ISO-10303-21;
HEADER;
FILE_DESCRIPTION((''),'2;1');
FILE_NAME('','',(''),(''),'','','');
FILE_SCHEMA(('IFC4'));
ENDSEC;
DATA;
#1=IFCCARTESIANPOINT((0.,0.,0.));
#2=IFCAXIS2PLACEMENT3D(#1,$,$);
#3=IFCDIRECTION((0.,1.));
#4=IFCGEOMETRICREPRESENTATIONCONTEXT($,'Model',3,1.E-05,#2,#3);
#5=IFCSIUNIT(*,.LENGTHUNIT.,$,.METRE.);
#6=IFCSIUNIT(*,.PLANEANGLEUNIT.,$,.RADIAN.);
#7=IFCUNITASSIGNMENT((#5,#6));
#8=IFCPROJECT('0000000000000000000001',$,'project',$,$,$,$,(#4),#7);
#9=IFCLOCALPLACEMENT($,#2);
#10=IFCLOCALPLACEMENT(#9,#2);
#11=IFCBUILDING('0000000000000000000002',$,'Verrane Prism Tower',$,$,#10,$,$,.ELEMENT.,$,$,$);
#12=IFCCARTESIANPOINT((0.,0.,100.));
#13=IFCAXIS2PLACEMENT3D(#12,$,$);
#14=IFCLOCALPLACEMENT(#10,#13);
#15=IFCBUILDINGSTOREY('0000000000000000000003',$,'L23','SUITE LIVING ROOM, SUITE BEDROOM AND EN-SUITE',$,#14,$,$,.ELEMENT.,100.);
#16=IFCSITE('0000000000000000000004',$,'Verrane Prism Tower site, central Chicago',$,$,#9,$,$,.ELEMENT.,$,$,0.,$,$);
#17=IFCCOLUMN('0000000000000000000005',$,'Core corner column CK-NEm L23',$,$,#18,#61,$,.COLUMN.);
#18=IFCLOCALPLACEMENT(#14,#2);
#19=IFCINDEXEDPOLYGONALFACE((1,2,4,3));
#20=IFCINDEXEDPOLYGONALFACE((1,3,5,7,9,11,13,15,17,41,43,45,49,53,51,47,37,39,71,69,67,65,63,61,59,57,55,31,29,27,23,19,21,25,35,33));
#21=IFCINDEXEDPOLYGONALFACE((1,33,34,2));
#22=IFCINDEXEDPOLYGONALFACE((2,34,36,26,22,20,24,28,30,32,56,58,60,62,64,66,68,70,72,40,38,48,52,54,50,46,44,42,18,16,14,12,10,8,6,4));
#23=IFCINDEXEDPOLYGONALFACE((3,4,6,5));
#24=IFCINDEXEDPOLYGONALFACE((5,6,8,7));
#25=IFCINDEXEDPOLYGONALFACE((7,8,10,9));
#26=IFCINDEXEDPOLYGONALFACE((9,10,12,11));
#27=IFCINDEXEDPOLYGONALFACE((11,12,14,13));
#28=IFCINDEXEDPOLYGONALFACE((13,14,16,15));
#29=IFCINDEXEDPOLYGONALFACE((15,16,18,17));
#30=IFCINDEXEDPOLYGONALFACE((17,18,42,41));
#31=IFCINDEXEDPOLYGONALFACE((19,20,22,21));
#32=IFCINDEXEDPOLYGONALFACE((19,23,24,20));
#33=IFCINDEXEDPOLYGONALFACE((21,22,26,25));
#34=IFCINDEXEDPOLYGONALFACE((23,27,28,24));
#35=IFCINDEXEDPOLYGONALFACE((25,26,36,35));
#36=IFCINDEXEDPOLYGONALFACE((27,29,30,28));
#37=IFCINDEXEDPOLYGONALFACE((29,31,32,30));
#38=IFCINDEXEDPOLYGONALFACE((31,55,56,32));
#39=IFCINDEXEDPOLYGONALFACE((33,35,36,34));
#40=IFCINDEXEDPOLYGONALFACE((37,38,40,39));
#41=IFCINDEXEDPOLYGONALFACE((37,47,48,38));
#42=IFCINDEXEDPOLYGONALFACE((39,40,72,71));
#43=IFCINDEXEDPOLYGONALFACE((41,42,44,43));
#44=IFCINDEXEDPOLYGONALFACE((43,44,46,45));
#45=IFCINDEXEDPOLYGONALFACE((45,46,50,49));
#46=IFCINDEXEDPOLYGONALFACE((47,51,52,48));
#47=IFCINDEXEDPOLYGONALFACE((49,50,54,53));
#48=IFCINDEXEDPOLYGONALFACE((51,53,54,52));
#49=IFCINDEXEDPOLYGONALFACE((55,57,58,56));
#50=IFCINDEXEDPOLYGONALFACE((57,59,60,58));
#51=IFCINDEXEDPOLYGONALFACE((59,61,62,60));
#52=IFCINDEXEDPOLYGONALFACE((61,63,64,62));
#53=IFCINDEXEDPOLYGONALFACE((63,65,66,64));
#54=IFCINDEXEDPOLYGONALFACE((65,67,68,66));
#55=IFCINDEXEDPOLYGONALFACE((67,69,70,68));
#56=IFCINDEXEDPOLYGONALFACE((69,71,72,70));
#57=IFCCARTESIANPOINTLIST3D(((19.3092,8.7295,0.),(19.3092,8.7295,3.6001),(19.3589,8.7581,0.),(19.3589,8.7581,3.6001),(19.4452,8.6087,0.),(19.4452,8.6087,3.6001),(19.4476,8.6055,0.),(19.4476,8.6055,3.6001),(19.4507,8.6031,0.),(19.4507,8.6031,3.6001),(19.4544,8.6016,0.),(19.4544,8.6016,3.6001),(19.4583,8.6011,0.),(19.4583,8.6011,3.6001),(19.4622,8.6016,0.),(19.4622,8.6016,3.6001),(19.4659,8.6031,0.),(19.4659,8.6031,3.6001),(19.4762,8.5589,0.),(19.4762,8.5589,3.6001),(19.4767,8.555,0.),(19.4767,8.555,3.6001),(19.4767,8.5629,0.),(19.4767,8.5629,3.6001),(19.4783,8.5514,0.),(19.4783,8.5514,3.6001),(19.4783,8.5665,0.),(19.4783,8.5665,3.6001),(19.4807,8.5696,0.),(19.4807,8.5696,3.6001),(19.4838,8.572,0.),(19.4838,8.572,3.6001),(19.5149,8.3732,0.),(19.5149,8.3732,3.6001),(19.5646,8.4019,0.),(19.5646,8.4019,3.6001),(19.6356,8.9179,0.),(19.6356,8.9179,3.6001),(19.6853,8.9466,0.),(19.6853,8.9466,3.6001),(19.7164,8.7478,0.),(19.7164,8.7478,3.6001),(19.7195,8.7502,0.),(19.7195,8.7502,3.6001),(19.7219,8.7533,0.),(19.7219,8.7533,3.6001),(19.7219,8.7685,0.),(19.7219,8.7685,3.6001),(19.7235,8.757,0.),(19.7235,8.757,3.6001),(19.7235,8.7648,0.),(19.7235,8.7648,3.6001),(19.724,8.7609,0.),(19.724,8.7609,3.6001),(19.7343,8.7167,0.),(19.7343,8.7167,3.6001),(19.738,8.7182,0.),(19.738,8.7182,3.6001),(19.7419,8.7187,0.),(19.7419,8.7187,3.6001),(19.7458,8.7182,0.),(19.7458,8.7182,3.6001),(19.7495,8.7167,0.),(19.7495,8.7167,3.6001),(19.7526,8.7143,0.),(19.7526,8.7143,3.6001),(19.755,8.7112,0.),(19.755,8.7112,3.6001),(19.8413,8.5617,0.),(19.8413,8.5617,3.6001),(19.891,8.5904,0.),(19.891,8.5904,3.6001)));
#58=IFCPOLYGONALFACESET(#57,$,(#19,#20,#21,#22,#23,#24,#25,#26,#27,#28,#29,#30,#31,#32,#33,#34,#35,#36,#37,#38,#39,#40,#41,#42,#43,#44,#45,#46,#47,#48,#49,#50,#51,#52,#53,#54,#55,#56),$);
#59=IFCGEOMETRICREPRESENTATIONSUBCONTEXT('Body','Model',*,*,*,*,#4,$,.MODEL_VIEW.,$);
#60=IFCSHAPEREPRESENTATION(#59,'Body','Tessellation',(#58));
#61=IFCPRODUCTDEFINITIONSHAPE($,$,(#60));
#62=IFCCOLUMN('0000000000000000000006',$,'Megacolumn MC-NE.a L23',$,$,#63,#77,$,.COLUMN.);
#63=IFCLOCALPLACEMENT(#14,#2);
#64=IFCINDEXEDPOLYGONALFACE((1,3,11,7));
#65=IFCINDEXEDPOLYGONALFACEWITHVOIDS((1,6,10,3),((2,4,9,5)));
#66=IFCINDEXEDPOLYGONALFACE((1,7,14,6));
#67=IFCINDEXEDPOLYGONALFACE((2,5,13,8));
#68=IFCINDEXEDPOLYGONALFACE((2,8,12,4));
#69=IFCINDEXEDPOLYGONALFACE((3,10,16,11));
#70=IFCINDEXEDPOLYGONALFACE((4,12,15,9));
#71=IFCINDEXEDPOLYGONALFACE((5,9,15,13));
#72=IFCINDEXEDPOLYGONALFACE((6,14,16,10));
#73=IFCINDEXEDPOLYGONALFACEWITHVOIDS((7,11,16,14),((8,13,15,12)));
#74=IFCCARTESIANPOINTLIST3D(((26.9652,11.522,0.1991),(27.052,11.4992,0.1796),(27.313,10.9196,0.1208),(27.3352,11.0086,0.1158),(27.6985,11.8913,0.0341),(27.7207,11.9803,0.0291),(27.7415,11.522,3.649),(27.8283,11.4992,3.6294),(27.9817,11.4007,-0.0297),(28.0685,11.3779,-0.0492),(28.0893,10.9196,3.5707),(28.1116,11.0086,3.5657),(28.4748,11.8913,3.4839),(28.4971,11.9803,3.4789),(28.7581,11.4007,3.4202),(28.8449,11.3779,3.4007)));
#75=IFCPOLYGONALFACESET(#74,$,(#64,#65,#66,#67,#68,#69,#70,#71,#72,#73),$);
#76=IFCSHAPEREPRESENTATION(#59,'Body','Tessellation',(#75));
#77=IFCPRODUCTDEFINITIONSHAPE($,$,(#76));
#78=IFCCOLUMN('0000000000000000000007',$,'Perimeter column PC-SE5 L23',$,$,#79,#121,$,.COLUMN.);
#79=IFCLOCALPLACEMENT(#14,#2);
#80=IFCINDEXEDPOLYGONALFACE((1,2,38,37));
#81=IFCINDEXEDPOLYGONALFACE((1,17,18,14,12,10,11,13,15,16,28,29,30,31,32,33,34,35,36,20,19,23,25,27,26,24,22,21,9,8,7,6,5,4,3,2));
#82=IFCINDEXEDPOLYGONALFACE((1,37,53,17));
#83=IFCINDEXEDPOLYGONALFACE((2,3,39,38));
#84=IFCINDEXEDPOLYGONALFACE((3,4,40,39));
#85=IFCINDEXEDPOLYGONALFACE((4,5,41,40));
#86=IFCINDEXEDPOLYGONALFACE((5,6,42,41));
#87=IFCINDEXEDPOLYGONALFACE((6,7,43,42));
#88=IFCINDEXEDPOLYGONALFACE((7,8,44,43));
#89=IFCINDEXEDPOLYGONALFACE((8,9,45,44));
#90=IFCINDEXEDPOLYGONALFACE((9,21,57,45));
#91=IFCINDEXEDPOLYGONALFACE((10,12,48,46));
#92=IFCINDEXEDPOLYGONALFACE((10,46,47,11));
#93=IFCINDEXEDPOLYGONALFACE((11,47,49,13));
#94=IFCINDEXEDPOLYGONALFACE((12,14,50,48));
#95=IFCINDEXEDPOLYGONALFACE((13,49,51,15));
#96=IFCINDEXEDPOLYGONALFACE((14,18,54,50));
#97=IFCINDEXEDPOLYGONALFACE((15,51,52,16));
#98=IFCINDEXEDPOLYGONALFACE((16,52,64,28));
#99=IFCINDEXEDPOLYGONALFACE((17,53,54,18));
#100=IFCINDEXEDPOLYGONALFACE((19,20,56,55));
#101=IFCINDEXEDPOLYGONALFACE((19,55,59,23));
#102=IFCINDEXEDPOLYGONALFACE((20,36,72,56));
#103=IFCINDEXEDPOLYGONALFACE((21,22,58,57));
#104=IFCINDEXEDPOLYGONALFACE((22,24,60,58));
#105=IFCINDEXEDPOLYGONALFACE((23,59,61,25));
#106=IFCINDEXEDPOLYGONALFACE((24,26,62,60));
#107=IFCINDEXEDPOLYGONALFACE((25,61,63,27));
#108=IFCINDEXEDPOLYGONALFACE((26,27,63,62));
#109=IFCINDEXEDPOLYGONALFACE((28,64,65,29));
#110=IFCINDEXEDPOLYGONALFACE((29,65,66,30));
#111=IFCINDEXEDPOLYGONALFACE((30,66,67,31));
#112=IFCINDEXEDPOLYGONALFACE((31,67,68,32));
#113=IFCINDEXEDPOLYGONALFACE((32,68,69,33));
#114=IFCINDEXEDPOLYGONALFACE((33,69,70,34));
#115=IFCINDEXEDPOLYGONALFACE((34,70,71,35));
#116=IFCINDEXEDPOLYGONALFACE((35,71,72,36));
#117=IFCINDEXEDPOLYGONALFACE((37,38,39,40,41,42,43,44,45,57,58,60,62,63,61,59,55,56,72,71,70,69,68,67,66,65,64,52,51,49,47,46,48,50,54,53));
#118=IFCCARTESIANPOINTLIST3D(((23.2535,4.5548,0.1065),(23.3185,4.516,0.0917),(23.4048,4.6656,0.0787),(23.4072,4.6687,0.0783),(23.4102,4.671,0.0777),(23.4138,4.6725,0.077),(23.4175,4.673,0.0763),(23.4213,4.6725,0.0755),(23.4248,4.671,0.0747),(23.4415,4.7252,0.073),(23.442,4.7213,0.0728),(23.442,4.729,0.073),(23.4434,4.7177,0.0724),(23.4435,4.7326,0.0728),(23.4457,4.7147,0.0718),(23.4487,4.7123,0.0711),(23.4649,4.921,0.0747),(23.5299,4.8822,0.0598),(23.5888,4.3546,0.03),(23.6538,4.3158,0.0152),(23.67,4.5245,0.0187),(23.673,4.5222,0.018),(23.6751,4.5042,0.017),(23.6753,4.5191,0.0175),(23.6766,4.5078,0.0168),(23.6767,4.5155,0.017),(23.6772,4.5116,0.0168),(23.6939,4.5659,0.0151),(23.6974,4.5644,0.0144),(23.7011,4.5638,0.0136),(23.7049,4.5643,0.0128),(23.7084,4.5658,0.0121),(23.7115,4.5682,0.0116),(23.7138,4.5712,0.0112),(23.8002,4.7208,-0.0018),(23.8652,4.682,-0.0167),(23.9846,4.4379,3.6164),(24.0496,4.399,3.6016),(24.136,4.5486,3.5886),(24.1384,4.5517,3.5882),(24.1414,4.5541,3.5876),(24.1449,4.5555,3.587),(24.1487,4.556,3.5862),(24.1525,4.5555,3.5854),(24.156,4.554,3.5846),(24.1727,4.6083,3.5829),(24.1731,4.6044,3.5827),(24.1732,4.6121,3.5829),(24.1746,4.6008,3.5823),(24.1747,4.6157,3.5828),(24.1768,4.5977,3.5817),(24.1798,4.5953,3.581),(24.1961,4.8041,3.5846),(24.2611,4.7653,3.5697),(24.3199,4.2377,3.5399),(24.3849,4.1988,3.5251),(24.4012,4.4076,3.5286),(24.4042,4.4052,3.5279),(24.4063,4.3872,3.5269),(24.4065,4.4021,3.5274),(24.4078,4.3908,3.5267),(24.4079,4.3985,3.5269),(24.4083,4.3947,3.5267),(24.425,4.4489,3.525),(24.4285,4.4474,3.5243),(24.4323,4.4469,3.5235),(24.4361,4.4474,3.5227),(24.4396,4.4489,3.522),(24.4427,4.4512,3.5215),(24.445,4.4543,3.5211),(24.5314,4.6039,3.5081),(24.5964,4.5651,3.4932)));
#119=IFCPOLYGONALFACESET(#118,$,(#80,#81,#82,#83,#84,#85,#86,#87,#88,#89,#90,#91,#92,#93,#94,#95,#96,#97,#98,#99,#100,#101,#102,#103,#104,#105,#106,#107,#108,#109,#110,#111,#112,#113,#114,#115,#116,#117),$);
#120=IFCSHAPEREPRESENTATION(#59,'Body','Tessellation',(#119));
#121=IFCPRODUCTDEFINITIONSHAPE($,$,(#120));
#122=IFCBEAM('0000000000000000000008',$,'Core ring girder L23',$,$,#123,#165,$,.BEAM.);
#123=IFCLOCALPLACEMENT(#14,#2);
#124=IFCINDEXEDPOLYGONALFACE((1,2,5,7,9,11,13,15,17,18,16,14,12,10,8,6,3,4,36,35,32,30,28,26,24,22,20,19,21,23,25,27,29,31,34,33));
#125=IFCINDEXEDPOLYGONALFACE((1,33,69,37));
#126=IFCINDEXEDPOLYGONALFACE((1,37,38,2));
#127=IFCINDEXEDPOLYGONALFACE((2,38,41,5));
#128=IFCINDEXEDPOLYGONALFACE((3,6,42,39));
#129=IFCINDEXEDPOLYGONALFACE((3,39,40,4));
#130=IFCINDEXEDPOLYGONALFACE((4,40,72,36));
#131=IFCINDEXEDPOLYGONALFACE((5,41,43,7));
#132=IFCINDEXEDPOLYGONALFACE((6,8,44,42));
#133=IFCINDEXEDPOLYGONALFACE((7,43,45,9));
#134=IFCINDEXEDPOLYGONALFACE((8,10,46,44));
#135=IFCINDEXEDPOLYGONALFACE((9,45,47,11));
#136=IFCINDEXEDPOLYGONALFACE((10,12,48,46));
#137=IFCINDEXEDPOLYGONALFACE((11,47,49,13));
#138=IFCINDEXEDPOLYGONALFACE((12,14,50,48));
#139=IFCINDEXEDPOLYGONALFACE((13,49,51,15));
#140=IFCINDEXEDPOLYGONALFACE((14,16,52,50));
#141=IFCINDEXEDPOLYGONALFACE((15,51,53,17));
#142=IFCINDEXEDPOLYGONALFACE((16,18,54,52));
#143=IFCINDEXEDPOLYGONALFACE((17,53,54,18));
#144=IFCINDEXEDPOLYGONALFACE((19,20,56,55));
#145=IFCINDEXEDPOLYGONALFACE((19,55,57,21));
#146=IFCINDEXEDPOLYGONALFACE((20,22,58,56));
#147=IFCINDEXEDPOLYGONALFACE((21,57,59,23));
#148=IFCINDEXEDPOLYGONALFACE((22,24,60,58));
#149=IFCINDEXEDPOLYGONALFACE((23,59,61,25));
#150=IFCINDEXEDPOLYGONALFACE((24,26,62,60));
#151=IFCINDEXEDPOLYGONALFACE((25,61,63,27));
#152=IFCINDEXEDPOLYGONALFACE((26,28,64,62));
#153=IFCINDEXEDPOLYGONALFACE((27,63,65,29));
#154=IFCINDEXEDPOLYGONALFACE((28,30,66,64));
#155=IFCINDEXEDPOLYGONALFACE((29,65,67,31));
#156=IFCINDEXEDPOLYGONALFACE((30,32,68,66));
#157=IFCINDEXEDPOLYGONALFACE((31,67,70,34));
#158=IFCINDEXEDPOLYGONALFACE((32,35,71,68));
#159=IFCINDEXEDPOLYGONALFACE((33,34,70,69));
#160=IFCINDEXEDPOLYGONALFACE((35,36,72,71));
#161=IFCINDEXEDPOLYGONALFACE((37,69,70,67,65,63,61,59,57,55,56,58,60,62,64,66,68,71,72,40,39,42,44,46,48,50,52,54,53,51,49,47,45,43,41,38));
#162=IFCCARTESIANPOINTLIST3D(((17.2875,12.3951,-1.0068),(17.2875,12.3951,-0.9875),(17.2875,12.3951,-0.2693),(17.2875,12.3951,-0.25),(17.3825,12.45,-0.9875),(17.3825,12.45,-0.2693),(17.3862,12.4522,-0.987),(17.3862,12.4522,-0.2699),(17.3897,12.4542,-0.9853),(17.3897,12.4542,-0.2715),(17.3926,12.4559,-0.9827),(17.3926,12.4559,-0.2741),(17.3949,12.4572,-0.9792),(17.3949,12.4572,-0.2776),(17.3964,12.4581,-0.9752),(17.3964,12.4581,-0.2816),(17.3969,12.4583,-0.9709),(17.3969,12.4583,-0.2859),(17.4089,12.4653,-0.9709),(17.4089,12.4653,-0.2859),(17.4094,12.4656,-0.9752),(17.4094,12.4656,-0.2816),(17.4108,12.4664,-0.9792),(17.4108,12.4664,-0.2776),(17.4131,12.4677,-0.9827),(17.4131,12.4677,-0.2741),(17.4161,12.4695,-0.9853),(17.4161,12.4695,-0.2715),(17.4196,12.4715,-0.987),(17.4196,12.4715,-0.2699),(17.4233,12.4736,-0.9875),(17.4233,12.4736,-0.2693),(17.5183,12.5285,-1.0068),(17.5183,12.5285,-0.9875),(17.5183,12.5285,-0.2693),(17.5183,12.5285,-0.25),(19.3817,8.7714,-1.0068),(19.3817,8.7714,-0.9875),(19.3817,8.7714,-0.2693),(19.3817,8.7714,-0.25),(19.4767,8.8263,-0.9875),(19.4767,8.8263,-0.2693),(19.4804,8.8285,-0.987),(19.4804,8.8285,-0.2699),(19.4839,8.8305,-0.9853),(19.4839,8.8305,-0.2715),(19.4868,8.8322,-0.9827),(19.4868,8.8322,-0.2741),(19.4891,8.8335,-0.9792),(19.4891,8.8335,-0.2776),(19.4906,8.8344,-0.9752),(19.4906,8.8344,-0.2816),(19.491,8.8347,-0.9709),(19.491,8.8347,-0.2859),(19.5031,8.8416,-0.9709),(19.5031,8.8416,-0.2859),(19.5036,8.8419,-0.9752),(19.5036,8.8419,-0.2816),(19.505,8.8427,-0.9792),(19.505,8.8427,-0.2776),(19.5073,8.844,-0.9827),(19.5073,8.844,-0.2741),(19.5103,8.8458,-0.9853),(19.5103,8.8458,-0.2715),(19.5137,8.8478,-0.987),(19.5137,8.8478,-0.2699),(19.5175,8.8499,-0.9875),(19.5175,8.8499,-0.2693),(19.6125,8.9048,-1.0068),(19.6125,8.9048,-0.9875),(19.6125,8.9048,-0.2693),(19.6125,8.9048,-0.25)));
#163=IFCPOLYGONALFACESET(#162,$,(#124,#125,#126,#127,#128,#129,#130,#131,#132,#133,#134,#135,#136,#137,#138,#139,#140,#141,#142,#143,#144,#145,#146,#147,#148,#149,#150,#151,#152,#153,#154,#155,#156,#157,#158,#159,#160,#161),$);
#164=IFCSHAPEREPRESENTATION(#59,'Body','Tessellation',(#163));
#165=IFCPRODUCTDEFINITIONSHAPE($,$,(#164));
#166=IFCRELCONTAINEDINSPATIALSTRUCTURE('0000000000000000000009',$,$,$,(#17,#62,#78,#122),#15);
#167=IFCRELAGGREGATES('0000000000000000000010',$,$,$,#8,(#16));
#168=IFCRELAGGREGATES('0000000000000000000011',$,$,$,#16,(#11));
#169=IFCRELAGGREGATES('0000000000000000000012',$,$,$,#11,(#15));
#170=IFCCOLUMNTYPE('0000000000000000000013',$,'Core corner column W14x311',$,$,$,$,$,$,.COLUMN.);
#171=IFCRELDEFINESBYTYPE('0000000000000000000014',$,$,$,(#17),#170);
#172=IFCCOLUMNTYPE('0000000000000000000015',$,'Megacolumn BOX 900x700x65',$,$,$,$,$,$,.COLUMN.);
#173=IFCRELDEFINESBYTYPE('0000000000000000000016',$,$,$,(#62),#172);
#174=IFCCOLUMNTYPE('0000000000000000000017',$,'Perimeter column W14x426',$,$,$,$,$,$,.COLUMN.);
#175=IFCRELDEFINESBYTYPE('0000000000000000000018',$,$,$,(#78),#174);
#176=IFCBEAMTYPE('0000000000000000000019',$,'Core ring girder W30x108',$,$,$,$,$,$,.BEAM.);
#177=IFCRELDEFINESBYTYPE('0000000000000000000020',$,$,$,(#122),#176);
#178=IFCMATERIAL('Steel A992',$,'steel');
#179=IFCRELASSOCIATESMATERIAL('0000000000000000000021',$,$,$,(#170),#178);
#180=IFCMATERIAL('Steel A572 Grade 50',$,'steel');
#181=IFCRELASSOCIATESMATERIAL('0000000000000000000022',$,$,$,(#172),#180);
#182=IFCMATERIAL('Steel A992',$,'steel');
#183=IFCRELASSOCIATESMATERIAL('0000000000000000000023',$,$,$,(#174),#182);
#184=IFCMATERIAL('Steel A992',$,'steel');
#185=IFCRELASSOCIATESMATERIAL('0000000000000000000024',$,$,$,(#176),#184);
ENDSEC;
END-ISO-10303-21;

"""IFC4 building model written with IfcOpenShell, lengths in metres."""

from ifc_helpers import new_model, si_unit, direction, frame, origin, origin_2d, place, context, subcontext, project, spatial, hollow_rectangle, i_section, extrude, material, material_profile, profile_set, type_object, element, save


model = new_model("IFC4")

# Units and contexts
model_context = context("Model", 3, precision=1e-05, world=origin(), true_north=direction((0.0, 1.0)))
body_context = subcontext(model_context, "Body", "Model", "MODEL_VIEW")
ifc_project = project(units=[si_unit("LENGTHUNIT", "METRE"), si_unit("PLANEANGLEUNIT", "RADIAN")], contexts=[model_context])

# Site, building, storey
site_placement = place(None, origin())
site = spatial("IfcSite", under=ifc_project, at=site_placement, Name="Verrane Prism Tower site, central Chicago", CompositionType="ELEMENT", RefElevation=0.0)
building_placement = place(site_placement, origin())
building = spatial("IfcBuilding", under=site, at=building_placement, Name="Verrane Prism Tower", CompositionType="ELEMENT")
storey_placement = place(building_placement, frame((0.0, 0.0, 100.0)))
storey = spatial("IfcBuildingStorey", under=building, at=storey_placement, Name="L23", Description="SUITE LIVING ROOM, SUITE BEDROOM AND EN-SUITE", CompositionType="ELEMENT", Elevation=100.0)

# Columns
ifc_material_1 = material(Name="Steel A992", Category="steel")
ifc_material_profile_1 = material_profile(ifc_material_1, i_section(OverallWidth=0.4114, OverallDepth=0.4343, WebThickness=0.0359, FlangeThickness=0.0574, FilletRadius=0.0151, at=origin_2d()), Name="W14x311")
ifc_profile_set_1 = profile_set([ifc_material_profile_1], Name="Steel A992")
column_type_1 = type_object("IfcColumnType", Name="Core corner column W14x311", PredefinedType="COLUMN", material=ifc_profile_set_1)
column_1_placement = place(storey_placement, frame((19.6001, 8.6599, 0.0), z_axis=(0.0, 0.0, 1.0), x_axis=(0.5, -0.866025, 0.0)))
element("IfcColumn", 1, at=column_1_placement, inside=storey, type_object=column_type_1, Name="Core corner column CK-NEm L23", PredefinedType="COLUMN", context=body_context, shape_type="SweptSolid", body=[
    extrude(i_section(OverallWidth=0.4114, OverallDepth=0.4343, WebThickness=0.0359, FlangeThickness=0.0574, FilletRadius=0.0151, at=origin_2d()), origin(), (0.0, 0.0, 1.0), 3.6001),
])
ifc_material_2 = material(Name="Steel A572 Grade 50", Category="steel")
ifc_material_profile_2 = material_profile(ifc_material_2, hollow_rectangle(XDim=0.7, YDim=0.8999, WallThickness=0.0649, at=origin_2d()), Name="BOX 900x700x65")
ifc_profile_set_2 = profile_set([ifc_material_profile_2], Name="Steel A572 Grade 50")
column_type_2 = type_object("IfcColumnType", Name="Megacolumn BOX 900x700x65", PredefinedType="COLUMN", material=ifc_profile_set_2)
column_2_placement = place(storey_placement, frame((27.5168, 11.45, 0.075), z_axis=(0.219547, 0.0, 0.975602), x_axis=(0.496862, -0.860596, -0.111812)))
element("IfcColumn", 2, at=column_2_placement, inside=storey, type_object=column_type_2, Name="Megacolumn MC-NE.a L23", PredefinedType="COLUMN", context=body_context, shape_type="SweptSolid", body=[
    extrude(hollow_rectangle(XDim=0.7, YDim=0.8999, WallThickness=0.0649, at=origin_2d()), origin(), (0.0, 0.0, 1.0), 3.5361),
])
ifc_material_3 = material(Name="Steel A992", Category="steel")
ifc_material_profile_3 = material_profile(ifc_material_3, i_section(OverallWidth=0.4241, OverallDepth=0.4751, WebThickness=0.0479, FlangeThickness=0.0771, FilletRadius=0.0149, at=origin_2d()), Name="W14x426")
ifc_profile_set_3 = profile_set([ifc_material_profile_3], Name="Steel A992")
column_type_3 = type_object("IfcColumnType", Name="Perimeter column W14x426", PredefinedType="COLUMN", material=ifc_profile_set_3)
column_3_placement = place(storey_placement, frame((23.5593, 4.6184, 0.0449), z_axis=(0.203832, -0.0326, 0.978463), x_axis=(-0.498534, -0.863613, 0.075081)))
element("IfcColumn", 3, at=column_3_placement, inside=storey, type_object=column_type_3, Name="Perimeter column PC-SE5 L23", PredefinedType="COLUMN", context=body_context, shape_type="SweptSolid", body=[
    extrude(i_section(OverallWidth=0.4241, OverallDepth=0.4751, WebThickness=0.0479, FlangeThickness=0.0771, FilletRadius=0.0149, at=origin_2d()), origin(), (0.0, 0.0, 1.0), 3.5872),
])

# Beam
ifc_material_4 = material(Name="Steel A992", Category="steel")
ifc_material_profile_4 = material_profile(ifc_material_4, i_section(OverallWidth=0.2666, OverallDepth=0.7568, WebThickness=0.0139, FlangeThickness=0.0193, FilletRadius=0.0166, at=origin_2d()), Name="W30x108")
ifc_profile_set_4 = profile_set([ifc_material_profile_4], Name="Steel A992")
beam_type_1 = type_object("IfcBeamType", Name="Core ring girder W30x108", PredefinedType="BEAM", material=ifc_profile_set_4)
beam_1_placement = place(storey_placement, frame((19.4971, 8.8381, -0.6284), z_axis=(-0.500367, 0.865813, 0.0), x_axis=(-0.865813, -0.500367, 0.0)))
element("IfcBeam", 4, at=beam_1_placement, inside=storey, type_object=beam_type_1, Name="Core ring girder L23", PredefinedType="BEAM", context=body_context, shape_type="SweptSolid", body=[
    extrude(i_section(OverallWidth=0.2666, OverallDepth=0.7568, WebThickness=0.0139, FlangeThickness=0.0193, FilletRadius=0.0166, at=origin_2d()), origin(), (0.0, 0.0, 1.0), 4.1853),
])

save(model, "model.ifc")
